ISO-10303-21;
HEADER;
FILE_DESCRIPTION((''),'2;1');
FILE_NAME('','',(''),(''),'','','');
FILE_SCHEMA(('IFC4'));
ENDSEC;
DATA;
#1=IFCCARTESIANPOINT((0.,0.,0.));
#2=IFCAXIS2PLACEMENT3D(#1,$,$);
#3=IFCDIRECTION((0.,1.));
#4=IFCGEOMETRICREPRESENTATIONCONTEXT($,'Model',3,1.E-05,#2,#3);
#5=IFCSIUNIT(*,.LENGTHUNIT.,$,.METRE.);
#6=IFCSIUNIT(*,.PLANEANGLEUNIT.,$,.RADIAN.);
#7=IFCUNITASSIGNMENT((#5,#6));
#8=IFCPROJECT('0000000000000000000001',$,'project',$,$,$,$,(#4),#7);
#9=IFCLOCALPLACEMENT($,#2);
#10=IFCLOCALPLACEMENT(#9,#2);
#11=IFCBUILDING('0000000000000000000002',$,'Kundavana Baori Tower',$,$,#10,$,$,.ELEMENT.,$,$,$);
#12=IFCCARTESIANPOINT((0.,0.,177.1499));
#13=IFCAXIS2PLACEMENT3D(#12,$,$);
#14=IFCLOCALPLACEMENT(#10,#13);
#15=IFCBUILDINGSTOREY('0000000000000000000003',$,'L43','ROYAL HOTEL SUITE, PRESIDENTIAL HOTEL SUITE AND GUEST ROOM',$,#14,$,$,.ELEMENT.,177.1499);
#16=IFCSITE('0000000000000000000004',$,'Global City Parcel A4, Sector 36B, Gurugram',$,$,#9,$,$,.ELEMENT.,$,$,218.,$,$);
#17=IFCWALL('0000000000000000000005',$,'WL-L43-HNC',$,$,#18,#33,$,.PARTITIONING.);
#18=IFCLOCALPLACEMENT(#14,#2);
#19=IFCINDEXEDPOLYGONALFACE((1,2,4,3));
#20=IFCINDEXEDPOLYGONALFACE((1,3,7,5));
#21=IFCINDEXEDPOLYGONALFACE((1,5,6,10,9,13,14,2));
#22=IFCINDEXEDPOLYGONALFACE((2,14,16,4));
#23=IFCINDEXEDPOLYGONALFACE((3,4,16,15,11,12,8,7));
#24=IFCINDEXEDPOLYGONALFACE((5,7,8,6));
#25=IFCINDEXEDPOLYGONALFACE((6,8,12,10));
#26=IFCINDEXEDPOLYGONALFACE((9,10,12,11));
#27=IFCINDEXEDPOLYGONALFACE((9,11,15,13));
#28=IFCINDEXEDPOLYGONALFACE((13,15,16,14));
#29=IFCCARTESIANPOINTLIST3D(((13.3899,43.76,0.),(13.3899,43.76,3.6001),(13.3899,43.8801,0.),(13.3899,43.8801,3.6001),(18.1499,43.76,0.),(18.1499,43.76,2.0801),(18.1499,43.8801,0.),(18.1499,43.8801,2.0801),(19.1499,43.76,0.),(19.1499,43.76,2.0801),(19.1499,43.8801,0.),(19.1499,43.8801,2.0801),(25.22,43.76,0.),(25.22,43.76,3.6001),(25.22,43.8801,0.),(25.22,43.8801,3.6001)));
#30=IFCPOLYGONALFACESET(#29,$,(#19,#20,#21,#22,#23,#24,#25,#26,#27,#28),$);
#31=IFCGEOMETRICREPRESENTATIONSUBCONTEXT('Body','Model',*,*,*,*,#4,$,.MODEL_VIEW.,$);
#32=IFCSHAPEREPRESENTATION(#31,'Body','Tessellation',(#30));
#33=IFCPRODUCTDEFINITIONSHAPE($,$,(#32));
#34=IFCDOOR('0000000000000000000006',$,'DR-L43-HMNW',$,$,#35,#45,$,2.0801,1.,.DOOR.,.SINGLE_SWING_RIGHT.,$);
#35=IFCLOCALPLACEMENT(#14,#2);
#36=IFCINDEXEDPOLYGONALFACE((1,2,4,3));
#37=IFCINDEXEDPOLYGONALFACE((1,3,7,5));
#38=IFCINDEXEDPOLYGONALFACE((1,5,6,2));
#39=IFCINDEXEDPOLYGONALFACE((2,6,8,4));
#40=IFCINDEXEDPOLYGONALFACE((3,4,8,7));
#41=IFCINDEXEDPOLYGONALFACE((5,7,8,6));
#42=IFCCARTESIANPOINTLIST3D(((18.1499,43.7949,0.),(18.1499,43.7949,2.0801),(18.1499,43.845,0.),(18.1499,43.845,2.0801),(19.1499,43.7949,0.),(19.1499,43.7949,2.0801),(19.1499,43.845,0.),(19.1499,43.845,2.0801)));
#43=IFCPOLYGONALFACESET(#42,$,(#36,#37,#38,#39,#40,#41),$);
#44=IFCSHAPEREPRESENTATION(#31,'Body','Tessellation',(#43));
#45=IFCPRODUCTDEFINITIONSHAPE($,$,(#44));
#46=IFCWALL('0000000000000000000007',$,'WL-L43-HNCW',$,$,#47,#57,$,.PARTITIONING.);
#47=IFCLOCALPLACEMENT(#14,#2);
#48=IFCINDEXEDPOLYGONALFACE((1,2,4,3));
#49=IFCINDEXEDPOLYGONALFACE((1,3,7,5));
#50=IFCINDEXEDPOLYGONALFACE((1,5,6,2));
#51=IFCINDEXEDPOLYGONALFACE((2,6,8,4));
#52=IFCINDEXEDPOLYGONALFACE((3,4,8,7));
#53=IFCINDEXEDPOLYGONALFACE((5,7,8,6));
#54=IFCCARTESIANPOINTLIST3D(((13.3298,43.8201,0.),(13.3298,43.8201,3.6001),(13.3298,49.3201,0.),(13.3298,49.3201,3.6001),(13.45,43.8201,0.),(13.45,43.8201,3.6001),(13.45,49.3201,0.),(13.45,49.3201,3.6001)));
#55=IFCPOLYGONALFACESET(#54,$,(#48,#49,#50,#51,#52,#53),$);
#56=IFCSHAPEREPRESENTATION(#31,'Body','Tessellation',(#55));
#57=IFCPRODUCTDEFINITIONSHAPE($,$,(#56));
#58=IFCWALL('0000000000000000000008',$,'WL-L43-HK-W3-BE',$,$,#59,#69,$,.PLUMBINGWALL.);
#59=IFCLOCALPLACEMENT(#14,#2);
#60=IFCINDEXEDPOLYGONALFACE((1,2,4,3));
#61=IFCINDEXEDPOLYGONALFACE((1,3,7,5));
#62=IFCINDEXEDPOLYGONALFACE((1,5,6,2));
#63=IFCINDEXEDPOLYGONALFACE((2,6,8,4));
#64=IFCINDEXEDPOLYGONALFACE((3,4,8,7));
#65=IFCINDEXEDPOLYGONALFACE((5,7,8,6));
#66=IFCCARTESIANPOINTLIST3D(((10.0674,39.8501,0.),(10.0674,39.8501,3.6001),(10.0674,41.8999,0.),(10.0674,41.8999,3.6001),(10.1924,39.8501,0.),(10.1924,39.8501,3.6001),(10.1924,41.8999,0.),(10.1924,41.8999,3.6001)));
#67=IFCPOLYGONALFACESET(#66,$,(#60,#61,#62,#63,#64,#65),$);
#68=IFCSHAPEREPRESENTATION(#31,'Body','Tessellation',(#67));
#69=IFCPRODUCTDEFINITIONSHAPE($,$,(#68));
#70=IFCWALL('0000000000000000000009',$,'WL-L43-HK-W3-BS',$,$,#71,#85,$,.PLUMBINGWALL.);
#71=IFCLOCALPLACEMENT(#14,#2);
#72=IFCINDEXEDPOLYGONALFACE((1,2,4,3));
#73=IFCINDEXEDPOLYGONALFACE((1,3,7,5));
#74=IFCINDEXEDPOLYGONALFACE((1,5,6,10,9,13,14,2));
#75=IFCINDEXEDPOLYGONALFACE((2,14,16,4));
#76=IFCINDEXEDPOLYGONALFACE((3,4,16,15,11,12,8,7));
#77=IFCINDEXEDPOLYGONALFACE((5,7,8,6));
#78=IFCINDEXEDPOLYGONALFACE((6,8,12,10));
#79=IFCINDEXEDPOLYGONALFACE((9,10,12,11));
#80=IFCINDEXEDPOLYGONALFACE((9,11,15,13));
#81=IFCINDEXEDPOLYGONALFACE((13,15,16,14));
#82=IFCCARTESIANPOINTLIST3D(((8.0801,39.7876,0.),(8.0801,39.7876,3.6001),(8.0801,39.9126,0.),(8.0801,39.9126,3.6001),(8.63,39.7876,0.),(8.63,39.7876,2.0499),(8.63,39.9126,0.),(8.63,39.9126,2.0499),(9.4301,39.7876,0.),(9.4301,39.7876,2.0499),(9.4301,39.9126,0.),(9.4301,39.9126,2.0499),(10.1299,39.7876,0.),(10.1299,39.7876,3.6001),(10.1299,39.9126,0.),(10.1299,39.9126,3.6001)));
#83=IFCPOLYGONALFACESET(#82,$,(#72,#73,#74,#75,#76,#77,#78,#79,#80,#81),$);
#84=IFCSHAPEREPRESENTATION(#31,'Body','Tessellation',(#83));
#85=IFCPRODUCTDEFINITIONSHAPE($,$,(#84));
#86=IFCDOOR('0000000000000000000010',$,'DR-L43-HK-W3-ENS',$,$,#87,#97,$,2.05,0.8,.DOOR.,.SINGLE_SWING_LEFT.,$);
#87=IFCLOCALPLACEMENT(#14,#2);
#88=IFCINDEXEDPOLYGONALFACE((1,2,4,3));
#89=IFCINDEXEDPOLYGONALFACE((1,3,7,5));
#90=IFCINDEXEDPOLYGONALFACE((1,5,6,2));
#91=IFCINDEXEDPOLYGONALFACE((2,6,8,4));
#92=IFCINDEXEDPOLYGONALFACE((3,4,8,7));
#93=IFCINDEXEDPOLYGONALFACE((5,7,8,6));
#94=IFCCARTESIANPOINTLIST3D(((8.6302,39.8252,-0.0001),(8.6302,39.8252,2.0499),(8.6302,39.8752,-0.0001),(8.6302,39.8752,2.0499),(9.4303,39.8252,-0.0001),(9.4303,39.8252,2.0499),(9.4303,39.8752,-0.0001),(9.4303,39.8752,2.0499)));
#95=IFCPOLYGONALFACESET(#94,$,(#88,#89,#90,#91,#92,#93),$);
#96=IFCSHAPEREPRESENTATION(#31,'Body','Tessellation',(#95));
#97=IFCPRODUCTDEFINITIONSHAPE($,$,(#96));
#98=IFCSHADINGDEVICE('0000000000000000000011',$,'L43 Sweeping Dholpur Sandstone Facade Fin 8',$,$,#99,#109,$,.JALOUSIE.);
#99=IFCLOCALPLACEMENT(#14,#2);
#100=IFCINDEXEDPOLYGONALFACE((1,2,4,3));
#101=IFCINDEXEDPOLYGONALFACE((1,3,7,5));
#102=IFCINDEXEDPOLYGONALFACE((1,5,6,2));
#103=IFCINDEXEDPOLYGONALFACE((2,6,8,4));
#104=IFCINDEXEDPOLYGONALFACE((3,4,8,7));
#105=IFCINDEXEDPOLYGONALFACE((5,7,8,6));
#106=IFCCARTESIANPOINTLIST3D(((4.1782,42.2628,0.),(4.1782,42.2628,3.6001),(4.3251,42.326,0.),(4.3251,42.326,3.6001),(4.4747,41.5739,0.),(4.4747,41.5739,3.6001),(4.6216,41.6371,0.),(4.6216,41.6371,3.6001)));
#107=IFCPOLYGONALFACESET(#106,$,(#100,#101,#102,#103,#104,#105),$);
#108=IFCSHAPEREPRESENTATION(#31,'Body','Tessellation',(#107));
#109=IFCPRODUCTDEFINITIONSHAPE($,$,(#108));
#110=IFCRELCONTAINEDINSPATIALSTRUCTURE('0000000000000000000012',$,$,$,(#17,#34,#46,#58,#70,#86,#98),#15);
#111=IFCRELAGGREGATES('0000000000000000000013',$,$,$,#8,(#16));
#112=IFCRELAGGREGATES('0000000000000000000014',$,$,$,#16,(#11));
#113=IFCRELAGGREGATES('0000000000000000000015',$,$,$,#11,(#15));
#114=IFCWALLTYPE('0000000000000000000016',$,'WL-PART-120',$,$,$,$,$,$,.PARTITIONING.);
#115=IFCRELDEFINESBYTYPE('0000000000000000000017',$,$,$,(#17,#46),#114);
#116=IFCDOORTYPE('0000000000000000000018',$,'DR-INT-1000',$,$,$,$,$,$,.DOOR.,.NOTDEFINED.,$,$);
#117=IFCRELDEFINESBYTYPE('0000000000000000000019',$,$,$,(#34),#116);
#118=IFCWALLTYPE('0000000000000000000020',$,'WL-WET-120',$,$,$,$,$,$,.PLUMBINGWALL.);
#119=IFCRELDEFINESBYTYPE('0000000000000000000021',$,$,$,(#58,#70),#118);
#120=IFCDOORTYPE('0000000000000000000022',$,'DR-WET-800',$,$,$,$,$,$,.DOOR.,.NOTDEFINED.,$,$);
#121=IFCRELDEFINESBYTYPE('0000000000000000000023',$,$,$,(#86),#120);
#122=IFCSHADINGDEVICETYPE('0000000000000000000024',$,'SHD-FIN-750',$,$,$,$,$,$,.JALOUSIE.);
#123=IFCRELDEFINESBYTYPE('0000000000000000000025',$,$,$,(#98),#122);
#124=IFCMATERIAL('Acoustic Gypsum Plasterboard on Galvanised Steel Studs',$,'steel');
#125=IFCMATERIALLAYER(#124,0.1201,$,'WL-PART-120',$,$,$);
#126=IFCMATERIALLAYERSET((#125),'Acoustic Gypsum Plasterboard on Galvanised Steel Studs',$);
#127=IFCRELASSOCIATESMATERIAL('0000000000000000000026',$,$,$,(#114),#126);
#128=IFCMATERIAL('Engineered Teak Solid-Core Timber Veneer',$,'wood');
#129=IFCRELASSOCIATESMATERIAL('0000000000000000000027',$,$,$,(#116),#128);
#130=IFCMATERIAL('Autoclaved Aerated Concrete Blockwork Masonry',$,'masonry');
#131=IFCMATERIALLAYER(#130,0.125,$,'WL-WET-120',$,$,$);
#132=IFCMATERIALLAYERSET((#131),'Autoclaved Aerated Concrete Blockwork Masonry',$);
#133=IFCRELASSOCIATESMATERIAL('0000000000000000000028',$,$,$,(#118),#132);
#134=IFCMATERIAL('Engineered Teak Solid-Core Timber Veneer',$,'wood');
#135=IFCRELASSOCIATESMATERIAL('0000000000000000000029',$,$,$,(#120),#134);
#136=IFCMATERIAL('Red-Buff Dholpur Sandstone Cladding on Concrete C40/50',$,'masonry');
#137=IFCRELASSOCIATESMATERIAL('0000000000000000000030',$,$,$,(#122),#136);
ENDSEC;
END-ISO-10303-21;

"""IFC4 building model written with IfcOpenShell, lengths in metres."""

from ifc_helpers import new_model, si_unit, direction, frame, frame_2d, origin, origin_2d, place, context, subcontext, project, spatial, rectangle, extrude, material, layer, layer_set, type_object, element, fill, save


model = new_model("IFC4")

# Units and contexts
model_context = context("Model", 3, precision=1e-05, world=origin(), true_north=direction((0.0, 1.0)))
body_context = subcontext(model_context, "Body", "Model", "MODEL_VIEW")
ifc_project = project(units=[si_unit("LENGTHUNIT", "METRE"), si_unit("PLANEANGLEUNIT", "RADIAN")], contexts=[model_context])

# Site, building, storey
site_placement = place(None, origin())
site = spatial("IfcSite", under=ifc_project, at=site_placement, Name="Global City Parcel A4, Sector 36B, Gurugram", CompositionType="ELEMENT", RefElevation=218.0)
building_placement = place(site_placement, origin())
building = spatial("IfcBuilding", under=site, at=building_placement, Name="Kundavana Baori Tower", CompositionType="ELEMENT")
storey_placement = place(building_placement, frame((0.0, 0.0, 177.1499)))
storey = spatial("IfcBuildingStorey", under=building, at=storey_placement, Name="L43", Description="ROYAL HOTEL SUITE, PRESIDENTIAL HOTEL SUITE AND GUEST ROOM", CompositionType="ELEMENT", Elevation=177.1499)

# Shared definitions
ifc_material_1 = material(Name="Acoustic Gypsum Plasterboard on Galvanised Steel Studs", Category="steel")
ifc_layer_1 = layer(ifc_material_1, 0.1201, Name="WL-PART-120")
ifc_layer_set_1 = layer_set([ifc_layer_1], Name="Acoustic Gypsum Plasterboard on Galvanised Steel Studs")
wall_type_1 = type_object("IfcWallType", Name="WL-PART-120", PredefinedType="PARTITIONING", material=ifc_layer_set_1)

# Wall, opening, door
wall_1_placement = place(storey_placement, frame((13.3899, 43.8201, 0.0), z_axis=(0.0, 0.0, 1.0), x_axis=(1.0, 0.0, 0.0)))
wall_1 = element("IfcWall", 1, at=wall_1_placement, inside=storey, type_object=wall_type_1, Name="WL-L43-HNC", PredefinedType="PARTITIONING", context=body_context, shape_type="SweptSolid", body=[
    extrude(rectangle(XDim=11.8301, YDim=0.1201, at=frame_2d((5.915, 0.0))), origin(), (0.0, 0.0, 1.0), 3.6001),
])
opening_1_placement = place(wall_1_placement, frame((4.76, 0.0, 0.0)))
opening_1 = element("IfcOpeningElement", 2, at=opening_1_placement, cuts=wall_1, PredefinedType="OPENING", context=body_context, shape_type="SweptSolid", body=[
    extrude(rectangle(XDim=1.0, YDim=2.0801, at=frame_2d((0.5, 1.04))), frame((0.0, 0.0701, 0.0), z_axis=(0.0, -1.0, 0.0), x_axis=(1.0, 0.0, 0.0)), (0.0, 0.0, 1.0), 0.1401),
])
ifc_material_2 = material(Name="Engineered Teak Solid-Core Timber Veneer", Category="wood")
door_type_1 = type_object("IfcDoorType", Name="DR-INT-1000", OperationType="NOTDEFINED", PredefinedType="DOOR", material=ifc_material_2)
door_1_placement = place(opening_1_placement, origin())
door_1 = element("IfcDoor", 3, at=door_1_placement, inside=storey, type_object=door_type_1, Name="DR-L43-HMNW", OperationType="SINGLE_SWING_RIGHT", OverallHeight=2.0801, OverallWidth=1.0, PredefinedType="DOOR", context=body_context, shape_type="SweptSolid", body=[
    extrude(rectangle(XDim=1.0, YDim=2.0801, at=frame_2d((0.5, 1.04))), frame((0.0, 0.0249, 0.0), z_axis=(0.0, -1.0, 0.0), x_axis=(1.0, 0.0, 0.0)), (0.0, 0.0, 1.0), 0.05),
])
fill(opening_1, door_1)

# Walls
wall_2_placement = place(storey_placement, frame((13.3899, 43.8201, 0.0), z_axis=(0.0, 0.0, 1.0), x_axis=(0.0, 1.0, 0.0)))
element("IfcWall", 4, at=wall_2_placement, inside=storey, type_object=wall_type_1, Name="WL-L43-HNCW", PredefinedType="PARTITIONING", context=body_context, shape_type="SweptSolid", body=[
    extrude(rectangle(XDim=5.5, YDim=0.1201, at=frame_2d((2.75, 0.0))), origin(), (0.0, 0.0, 1.0), 3.6001),
])
ifc_material_3 = material(Name="Autoclaved Aerated Concrete Blockwork Masonry", Category="masonry")
ifc_layer_2 = layer(ifc_material_3, 0.125, Name="WL-WET-120")
ifc_layer_set_2 = layer_set([ifc_layer_2], Name="Autoclaved Aerated Concrete Blockwork Masonry")
wall_type_2 = type_object("IfcWallType", Name="WL-WET-120", PredefinedType="PLUMBINGWALL", material=ifc_layer_set_2)
wall_3_placement = place(storey_placement, frame((10.1299, 39.8501, 0.0), z_axis=(0.0, 0.0, 1.0), x_axis=(0.0, 1.0, 0.0)))
element("IfcWall", 5, at=wall_3_placement, inside=storey, type_object=wall_type_2, Name="WL-L43-HK-W3-BE", PredefinedType="PLUMBINGWALL", context=body_context, shape_type="SweptSolid", body=[
    extrude(rectangle(XDim=2.0498, YDim=0.125, at=frame_2d((1.0249, 0.0))), origin(), (0.0, 0.0, 1.0), 3.6001),
])

# Wall, opening, door
wall_4_placement = place(storey_placement, frame((8.0801, 39.8501, 0.0), z_axis=(0.0, 0.0, 1.0), x_axis=(1.0, 0.0, 0.0)))
wall_4 = element("IfcWall", 6, at=wall_4_placement, inside=storey, type_object=wall_type_2, Name="WL-L43-HK-W3-BS", PredefinedType="PLUMBINGWALL", context=body_context, shape_type="SweptSolid", body=[
    extrude(rectangle(XDim=2.0498, YDim=0.125, at=frame_2d((1.0249, 0.0))), origin(), (0.0, 0.0, 1.0), 3.6001),
])
opening_2_placement = place(wall_4_placement, frame((0.55, 0.0, 0.0)))
opening_2 = element("IfcOpeningElement", 7, at=opening_2_placement, cuts=wall_4, PredefinedType="OPENING", context=body_context, shape_type="SweptSolid", body=[
    extrude(rectangle(XDim=0.8, YDim=2.05, at=frame_2d((0.3999, 1.0249))), frame((0.0, 0.0725, 0.0), z_axis=(0.0, -1.0, 0.0), x_axis=(1.0, 0.0, 0.0)), (0.0, 0.0, 1.0), 0.145),
])
ifc_material_4 = material(Name="Engineered Teak Solid-Core Timber Veneer", Category="wood")
door_type_2 = type_object("IfcDoorType", Name="DR-WET-800", OperationType="NOTDEFINED", PredefinedType="DOOR", material=ifc_material_4)
door_2_placement = place(opening_2_placement, frame((0.8, 0.0, 0.0), z_axis=(0.0, 0.0, 1.0), x_axis=(-1.0, 0.0, 0.0)))
door_2 = element("IfcDoor", 8, at=door_2_placement, inside=storey, type_object=door_type_2, Name="DR-L43-HK-W3-ENS", OperationType="SINGLE_SWING_LEFT", OverallHeight=2.05, OverallWidth=0.8, PredefinedType="DOOR", context=body_context, shape_type="SweptSolid", body=[
    extrude(rectangle(XDim=0.8, YDim=2.05, at=frame_2d((0.3999, 1.0249))), frame((0.0, 0.0249, 0.0), z_axis=(0.0, -1.0, 0.0), x_axis=(1.0, 0.0, 0.0)), (0.0, 0.0, 1.0), 0.05),
])
fill(opening_2, door_2)

# Shading device
ifc_material_5 = material(Name="Red-Buff Dholpur Sandstone Cladding on Concrete C40/50", Category="masonry")
shading_device_type = type_object("IfcShadingDeviceType", Name="SHD-FIN-750", PredefinedType="JALOUSIE", material=ifc_material_5)
shading_device_placement = place(storey_placement, frame((4.3999, 41.95, 0.0), z_axis=(0.0, 0.0, 1.0), x_axis=(0.918584, 0.395225, 0.0)))
element("IfcShadingDevice", 9, at=shading_device_placement, inside=storey, type_object=shading_device_type, Name="L43 Sweeping Dholpur Sandstone Facade Fin 8", PredefinedType="JALOUSIE", context=body_context, shape_type="SweptSolid", body=[
    extrude(rectangle(XDim=0.1599, YDim=0.75, at=origin_2d()), origin(), (0.0, 0.0, 1.0), 3.6001),
])

save(model, "model.ifc")
